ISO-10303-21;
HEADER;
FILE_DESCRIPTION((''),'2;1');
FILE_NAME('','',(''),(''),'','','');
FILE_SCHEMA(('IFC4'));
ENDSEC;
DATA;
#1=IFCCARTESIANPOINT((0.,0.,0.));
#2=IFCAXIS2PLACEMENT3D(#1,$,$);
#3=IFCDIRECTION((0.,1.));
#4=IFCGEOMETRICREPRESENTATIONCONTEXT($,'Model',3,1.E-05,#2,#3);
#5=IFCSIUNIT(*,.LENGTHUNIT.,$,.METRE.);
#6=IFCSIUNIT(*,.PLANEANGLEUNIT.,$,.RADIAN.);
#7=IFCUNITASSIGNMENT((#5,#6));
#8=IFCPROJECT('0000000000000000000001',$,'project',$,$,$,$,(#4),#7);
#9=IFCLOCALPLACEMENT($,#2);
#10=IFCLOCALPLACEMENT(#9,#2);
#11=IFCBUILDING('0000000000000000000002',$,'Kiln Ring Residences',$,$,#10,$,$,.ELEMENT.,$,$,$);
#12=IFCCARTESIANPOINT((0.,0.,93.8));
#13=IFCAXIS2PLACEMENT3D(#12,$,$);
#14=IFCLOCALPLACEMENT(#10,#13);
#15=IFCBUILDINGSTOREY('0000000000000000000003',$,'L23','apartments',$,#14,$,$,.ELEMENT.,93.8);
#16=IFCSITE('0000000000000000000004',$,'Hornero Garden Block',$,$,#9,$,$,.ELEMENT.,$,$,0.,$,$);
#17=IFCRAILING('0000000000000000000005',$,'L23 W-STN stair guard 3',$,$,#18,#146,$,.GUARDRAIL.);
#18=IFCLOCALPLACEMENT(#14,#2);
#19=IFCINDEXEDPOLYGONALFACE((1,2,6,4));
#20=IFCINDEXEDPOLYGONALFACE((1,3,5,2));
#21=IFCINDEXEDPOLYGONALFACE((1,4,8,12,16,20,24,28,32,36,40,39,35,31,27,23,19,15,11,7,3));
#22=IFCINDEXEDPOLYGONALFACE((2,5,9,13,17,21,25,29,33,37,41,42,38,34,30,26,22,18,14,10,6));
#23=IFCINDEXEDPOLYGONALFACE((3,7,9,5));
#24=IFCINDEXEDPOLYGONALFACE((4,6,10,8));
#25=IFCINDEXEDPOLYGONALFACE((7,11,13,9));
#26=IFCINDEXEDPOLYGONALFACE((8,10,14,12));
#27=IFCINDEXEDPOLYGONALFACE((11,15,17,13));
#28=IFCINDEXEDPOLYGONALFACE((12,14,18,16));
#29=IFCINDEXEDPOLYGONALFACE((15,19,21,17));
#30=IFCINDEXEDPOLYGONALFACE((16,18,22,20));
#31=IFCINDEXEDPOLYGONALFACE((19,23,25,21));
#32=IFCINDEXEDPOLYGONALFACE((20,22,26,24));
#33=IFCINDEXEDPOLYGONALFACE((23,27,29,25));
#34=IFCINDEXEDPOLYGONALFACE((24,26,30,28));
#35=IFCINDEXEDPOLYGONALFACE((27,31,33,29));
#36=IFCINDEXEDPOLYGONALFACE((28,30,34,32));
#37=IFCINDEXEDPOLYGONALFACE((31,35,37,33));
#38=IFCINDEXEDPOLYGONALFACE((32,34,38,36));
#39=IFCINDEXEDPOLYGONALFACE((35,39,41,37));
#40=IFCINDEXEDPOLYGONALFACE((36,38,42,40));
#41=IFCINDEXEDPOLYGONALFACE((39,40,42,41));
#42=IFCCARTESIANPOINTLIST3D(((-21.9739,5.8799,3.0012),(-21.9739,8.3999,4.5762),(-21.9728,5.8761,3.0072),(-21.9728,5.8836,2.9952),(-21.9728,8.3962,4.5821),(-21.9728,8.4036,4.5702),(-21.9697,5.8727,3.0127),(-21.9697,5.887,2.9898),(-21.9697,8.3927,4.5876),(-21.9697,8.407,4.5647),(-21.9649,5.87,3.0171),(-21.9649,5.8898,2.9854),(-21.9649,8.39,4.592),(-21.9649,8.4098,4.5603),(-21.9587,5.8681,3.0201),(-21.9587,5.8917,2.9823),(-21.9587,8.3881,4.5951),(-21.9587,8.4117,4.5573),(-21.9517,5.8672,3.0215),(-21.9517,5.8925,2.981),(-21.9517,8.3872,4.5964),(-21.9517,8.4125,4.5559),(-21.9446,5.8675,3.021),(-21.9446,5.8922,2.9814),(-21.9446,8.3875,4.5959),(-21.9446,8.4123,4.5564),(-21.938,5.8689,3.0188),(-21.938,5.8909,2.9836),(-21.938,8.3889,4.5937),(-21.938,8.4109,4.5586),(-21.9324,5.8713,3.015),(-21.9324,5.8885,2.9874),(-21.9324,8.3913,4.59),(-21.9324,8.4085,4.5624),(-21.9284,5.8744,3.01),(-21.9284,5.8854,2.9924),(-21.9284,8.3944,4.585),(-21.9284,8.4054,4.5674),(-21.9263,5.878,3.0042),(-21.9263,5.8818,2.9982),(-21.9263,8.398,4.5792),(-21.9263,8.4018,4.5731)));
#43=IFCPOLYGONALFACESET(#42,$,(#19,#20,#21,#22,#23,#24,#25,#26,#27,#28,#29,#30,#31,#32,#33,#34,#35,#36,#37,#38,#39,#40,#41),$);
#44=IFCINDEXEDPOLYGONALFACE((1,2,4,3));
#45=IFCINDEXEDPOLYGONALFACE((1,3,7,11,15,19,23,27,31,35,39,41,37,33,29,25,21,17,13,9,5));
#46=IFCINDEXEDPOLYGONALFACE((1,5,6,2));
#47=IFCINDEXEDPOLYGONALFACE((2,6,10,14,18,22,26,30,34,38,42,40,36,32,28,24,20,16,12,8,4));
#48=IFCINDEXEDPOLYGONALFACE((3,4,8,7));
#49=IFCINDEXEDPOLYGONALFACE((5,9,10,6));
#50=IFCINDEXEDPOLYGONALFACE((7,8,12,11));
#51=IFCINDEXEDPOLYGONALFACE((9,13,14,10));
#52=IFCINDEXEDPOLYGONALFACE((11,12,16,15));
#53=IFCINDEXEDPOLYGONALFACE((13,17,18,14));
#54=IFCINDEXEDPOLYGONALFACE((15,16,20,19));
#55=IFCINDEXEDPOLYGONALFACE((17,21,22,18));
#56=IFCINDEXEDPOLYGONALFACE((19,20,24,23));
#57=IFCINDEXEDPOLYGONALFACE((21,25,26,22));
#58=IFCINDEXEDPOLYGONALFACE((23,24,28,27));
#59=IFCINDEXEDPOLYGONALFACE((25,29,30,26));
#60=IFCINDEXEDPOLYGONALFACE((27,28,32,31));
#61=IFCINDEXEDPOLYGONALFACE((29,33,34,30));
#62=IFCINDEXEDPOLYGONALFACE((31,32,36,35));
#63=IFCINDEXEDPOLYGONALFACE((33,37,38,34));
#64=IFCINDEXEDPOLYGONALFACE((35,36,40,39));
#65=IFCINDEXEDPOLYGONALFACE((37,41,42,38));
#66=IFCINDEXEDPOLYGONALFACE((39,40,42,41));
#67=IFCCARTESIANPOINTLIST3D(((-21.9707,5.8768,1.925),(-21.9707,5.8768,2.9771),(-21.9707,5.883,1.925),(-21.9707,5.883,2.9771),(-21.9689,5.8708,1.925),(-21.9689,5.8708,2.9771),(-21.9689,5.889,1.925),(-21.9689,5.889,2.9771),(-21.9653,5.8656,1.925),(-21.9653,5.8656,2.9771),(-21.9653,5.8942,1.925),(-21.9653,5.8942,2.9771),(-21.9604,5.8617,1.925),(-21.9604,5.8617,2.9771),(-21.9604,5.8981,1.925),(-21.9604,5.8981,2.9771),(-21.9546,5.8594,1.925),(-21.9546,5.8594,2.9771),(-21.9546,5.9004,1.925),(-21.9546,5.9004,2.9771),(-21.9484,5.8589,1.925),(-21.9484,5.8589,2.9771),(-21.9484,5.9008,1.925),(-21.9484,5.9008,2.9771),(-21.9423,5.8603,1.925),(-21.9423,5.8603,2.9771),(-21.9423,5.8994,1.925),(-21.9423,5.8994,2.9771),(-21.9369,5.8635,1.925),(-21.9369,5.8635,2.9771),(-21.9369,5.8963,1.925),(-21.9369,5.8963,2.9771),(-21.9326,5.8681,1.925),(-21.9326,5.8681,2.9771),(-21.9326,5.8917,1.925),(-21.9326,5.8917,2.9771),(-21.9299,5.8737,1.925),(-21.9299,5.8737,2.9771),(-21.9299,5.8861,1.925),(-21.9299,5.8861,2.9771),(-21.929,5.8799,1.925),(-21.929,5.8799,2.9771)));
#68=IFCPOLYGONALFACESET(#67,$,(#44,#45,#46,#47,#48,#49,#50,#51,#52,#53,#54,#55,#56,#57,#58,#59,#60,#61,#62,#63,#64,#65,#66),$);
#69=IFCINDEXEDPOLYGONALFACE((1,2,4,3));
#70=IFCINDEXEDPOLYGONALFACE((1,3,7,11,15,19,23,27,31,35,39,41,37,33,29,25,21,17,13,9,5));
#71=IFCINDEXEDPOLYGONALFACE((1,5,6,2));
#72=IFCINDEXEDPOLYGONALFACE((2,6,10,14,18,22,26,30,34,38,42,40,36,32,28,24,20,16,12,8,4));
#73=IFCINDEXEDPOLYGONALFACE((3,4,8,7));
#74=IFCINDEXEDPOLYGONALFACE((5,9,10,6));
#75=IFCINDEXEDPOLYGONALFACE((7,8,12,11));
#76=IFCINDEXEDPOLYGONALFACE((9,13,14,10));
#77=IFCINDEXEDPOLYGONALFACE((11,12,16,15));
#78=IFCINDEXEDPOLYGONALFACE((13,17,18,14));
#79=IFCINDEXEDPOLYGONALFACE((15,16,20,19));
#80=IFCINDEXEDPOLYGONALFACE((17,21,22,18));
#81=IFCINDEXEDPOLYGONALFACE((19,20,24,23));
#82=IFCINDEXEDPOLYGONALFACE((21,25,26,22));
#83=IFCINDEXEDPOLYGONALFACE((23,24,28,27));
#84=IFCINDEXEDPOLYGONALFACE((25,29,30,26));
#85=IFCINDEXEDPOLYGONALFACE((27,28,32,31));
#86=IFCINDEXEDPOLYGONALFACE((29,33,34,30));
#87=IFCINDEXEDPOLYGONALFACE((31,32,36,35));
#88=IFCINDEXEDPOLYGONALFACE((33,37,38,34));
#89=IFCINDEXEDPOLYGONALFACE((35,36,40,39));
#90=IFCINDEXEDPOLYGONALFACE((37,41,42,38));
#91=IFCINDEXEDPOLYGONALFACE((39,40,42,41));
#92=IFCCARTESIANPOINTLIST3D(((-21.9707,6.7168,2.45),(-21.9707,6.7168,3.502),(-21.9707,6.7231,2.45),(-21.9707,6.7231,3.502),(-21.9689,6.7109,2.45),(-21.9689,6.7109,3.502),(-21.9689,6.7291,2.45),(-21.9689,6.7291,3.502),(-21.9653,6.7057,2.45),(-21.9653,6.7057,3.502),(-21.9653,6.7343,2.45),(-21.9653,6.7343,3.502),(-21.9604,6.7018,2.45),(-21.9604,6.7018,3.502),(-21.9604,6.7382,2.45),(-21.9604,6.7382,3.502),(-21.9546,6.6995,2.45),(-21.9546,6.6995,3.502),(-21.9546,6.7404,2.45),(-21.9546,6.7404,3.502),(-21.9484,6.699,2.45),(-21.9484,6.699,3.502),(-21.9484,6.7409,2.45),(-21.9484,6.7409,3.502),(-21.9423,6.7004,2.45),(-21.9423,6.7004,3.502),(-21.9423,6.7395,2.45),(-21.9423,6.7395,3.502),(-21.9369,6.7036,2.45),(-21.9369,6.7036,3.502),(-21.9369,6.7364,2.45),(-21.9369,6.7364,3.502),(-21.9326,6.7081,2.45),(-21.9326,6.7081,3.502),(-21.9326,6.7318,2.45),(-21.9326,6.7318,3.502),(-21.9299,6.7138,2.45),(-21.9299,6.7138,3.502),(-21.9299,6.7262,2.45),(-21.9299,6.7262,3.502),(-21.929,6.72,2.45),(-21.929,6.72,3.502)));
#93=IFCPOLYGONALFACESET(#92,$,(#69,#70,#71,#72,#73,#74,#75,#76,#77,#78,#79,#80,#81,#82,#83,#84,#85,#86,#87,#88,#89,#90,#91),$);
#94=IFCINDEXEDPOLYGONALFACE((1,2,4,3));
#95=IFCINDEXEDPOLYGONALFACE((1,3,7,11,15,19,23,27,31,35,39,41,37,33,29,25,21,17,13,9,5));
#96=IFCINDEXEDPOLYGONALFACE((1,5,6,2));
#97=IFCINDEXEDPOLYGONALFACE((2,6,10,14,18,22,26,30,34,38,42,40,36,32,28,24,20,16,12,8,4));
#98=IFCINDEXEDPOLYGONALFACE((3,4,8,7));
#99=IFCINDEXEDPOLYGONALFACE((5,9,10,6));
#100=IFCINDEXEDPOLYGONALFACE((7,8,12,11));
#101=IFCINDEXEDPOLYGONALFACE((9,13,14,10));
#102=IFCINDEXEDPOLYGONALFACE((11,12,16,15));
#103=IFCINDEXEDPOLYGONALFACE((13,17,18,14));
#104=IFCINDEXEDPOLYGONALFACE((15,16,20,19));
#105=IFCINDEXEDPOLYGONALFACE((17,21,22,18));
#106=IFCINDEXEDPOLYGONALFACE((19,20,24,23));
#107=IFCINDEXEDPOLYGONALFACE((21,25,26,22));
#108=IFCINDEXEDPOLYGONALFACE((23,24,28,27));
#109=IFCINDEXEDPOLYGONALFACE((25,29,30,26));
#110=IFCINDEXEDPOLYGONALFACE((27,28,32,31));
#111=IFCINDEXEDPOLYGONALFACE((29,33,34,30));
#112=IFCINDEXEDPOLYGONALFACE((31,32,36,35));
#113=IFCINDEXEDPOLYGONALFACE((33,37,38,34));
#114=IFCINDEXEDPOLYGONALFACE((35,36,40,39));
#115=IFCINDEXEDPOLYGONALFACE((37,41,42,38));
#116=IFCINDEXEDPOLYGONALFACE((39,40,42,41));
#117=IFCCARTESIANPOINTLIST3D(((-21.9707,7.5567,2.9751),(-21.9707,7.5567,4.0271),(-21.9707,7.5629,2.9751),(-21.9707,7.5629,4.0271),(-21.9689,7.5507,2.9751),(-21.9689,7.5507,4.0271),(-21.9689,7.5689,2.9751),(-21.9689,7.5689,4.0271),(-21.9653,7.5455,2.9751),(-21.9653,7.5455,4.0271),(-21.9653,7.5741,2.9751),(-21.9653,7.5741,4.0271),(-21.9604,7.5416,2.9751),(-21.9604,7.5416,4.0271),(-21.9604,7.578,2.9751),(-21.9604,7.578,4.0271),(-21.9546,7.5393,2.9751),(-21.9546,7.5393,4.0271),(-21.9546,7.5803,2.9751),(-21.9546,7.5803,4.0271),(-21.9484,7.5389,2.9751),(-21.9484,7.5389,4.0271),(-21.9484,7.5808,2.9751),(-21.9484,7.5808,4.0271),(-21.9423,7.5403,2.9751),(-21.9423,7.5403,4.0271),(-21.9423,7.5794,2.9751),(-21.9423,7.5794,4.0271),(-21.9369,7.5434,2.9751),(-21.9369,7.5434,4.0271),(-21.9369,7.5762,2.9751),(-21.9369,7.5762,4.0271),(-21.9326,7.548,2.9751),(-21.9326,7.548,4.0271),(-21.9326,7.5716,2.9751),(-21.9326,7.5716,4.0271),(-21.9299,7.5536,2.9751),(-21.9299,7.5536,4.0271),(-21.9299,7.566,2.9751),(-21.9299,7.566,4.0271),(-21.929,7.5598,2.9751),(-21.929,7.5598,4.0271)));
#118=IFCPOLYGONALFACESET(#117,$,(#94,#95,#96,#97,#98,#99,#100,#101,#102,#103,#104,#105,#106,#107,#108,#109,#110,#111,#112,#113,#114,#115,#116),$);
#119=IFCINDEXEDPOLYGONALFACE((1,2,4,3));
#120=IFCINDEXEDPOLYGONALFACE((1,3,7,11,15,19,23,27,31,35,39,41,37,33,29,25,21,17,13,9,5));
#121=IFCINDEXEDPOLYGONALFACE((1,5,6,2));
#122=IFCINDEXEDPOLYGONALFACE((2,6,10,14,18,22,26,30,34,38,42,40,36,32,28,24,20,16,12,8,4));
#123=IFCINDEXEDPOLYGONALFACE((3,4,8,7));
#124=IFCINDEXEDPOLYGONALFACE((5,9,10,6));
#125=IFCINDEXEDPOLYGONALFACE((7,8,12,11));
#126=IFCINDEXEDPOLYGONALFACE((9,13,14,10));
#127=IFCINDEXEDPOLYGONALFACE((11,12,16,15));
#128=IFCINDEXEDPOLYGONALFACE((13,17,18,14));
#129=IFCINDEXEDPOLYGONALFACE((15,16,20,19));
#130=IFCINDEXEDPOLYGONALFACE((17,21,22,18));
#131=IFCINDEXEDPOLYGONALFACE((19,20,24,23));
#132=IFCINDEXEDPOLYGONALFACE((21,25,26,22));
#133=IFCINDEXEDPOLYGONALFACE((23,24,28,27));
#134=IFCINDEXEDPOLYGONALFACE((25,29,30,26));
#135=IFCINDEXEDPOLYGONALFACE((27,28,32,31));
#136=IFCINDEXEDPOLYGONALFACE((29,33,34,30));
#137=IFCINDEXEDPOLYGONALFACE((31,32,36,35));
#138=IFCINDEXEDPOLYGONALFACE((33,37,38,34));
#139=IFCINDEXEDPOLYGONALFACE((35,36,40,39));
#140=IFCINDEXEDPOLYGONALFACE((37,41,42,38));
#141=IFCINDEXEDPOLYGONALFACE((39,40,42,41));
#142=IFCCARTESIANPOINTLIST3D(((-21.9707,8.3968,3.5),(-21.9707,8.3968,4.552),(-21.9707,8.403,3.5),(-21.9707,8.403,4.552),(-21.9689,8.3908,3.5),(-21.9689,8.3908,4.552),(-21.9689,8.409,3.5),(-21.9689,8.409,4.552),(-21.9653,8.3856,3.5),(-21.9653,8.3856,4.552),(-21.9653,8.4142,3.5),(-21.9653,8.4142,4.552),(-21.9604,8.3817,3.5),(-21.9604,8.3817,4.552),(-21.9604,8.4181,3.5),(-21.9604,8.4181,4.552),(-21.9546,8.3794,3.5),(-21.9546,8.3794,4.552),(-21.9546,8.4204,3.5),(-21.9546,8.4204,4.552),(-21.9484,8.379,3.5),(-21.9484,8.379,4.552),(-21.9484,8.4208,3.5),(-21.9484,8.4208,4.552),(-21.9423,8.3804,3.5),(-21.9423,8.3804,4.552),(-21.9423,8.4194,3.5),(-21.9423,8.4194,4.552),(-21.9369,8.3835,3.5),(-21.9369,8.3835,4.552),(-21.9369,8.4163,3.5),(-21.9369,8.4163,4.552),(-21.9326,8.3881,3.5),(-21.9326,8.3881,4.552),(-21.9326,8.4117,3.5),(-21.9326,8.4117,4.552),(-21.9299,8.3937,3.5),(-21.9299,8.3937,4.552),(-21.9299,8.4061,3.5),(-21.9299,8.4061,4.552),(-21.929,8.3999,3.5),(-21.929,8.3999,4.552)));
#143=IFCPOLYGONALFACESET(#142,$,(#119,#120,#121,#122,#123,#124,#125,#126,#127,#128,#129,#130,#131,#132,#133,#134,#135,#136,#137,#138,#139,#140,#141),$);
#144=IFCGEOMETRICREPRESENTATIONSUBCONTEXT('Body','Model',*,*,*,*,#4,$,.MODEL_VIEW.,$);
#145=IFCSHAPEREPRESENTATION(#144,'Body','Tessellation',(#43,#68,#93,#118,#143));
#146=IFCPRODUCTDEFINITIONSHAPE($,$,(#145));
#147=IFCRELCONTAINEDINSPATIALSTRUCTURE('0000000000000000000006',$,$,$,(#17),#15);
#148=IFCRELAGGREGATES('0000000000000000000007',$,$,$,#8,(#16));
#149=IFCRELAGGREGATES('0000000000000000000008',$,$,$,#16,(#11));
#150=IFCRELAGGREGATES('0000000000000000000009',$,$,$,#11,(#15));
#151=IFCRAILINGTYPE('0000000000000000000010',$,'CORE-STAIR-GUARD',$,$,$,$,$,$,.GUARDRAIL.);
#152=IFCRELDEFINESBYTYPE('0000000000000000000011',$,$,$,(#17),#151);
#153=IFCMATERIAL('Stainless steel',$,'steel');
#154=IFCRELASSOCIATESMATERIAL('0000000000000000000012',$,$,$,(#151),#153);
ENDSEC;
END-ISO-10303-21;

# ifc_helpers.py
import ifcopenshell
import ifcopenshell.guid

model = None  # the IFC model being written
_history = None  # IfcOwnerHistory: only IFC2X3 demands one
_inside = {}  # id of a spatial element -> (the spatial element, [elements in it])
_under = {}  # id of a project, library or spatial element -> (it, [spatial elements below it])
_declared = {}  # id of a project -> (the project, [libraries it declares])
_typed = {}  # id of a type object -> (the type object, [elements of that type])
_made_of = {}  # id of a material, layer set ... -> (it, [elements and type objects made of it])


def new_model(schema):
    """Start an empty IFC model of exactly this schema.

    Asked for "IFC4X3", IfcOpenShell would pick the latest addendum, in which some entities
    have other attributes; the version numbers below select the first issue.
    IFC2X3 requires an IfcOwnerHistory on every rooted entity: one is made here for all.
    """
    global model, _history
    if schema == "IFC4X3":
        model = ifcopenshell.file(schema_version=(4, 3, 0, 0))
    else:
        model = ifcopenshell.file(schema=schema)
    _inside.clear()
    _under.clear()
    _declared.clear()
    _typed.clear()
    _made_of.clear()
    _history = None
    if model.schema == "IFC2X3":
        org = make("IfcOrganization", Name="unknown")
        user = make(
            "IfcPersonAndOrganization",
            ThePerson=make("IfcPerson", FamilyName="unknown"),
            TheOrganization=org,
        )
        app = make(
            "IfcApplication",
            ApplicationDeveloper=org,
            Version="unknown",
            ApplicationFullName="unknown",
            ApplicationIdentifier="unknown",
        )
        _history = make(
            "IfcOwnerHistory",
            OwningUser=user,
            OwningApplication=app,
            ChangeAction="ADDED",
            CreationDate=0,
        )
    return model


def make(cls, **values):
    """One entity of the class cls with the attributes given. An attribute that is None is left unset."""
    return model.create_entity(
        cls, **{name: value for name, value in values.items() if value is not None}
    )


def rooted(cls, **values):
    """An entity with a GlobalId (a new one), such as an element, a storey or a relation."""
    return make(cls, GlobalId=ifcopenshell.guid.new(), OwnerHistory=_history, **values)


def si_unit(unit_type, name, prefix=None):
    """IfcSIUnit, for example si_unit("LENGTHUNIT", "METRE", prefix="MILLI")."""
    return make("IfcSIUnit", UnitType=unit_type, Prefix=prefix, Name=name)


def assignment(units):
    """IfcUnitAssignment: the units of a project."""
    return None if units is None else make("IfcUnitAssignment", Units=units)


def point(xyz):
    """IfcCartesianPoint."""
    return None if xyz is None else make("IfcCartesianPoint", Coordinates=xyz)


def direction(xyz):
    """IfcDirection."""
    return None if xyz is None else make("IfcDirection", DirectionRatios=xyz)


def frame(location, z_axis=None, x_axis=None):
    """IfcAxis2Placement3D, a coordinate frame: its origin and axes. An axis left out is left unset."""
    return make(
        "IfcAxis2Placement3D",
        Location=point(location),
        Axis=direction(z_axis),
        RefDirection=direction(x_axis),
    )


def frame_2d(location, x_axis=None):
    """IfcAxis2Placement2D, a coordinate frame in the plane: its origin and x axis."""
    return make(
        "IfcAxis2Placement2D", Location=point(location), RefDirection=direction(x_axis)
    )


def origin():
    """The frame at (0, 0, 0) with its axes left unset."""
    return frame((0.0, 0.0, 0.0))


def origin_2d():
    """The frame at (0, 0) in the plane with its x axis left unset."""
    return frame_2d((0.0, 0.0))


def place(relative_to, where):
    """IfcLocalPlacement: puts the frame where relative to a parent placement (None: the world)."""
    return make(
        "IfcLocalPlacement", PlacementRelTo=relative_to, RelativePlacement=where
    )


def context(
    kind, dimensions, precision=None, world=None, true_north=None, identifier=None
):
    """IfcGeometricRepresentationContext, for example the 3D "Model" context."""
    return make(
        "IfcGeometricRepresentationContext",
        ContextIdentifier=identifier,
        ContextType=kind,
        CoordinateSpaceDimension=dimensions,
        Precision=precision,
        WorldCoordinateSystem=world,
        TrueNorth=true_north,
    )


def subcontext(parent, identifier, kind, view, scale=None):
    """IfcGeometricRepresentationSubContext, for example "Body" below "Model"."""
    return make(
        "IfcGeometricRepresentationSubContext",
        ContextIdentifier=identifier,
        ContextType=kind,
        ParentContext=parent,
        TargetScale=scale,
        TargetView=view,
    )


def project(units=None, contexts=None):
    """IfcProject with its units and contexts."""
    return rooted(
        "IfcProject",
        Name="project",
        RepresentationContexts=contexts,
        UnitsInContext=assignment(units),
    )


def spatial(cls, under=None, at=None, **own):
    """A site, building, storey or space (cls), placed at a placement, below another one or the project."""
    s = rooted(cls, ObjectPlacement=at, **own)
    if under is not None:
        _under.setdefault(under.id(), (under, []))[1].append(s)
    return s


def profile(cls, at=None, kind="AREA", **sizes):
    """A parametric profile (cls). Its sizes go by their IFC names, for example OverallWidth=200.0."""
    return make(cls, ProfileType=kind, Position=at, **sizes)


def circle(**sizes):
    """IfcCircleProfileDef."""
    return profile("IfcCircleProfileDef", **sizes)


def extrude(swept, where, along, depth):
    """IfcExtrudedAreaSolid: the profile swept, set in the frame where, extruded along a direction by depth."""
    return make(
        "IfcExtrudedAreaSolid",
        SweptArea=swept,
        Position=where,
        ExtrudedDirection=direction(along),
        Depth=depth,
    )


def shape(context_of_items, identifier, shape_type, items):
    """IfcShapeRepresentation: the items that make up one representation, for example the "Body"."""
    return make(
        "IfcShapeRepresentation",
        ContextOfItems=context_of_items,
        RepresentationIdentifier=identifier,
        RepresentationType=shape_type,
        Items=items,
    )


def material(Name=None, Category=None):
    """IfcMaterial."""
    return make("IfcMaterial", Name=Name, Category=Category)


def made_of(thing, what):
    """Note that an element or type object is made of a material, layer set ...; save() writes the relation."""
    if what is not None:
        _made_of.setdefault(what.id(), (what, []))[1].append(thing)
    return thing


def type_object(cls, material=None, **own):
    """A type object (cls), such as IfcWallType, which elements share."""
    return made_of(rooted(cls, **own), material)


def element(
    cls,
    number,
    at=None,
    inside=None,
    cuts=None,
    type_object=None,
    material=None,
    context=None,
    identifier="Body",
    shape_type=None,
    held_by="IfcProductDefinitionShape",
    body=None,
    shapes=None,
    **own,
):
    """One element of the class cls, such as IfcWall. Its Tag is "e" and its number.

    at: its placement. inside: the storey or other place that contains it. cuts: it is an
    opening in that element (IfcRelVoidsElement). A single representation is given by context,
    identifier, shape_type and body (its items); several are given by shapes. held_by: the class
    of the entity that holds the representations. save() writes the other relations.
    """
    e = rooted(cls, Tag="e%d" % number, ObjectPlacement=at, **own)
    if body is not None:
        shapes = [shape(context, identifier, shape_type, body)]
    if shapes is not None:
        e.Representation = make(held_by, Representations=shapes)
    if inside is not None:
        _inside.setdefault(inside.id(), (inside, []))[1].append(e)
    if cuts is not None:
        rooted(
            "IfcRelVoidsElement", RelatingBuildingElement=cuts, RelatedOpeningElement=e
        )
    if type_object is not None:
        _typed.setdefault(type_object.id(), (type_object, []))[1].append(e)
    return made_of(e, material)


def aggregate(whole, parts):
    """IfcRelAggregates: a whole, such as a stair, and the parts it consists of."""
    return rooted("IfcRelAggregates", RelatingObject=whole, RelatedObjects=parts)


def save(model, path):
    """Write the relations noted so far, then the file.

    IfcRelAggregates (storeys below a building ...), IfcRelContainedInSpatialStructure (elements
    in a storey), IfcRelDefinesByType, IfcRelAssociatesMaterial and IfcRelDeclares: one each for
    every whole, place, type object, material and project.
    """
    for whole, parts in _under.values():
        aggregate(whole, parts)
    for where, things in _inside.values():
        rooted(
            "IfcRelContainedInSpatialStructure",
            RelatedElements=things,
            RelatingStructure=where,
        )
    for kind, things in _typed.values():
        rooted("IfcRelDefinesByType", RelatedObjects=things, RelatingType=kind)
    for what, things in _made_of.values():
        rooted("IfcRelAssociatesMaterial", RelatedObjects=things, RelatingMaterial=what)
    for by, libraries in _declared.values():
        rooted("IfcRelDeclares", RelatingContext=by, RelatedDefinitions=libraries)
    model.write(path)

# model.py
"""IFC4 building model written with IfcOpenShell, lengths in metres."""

from ifc_helpers import new_model, si_unit, direction, frame, origin, origin_2d, place, context, subcontext, project, spatial, circle, extrude, material, type_object, element, save


model = new_model("IFC4")

# Units and contexts
model_context = context("Model", 3, precision=1e-05, world=origin(), true_north=direction((0.0, 1.0)))
body_context = subcontext(model_context, "Body", "Model", "MODEL_VIEW")
ifc_project = project(units=[si_unit("LENGTHUNIT", "METRE"), si_unit("PLANEANGLEUNIT", "RADIAN")], contexts=[model_context])

# Site, building, storey
site_placement = place(None, origin())
site = spatial("IfcSite", under=ifc_project, at=site_placement, Name="Hornero Garden Block", CompositionType="ELEMENT", RefElevation=0.0)
building_placement = place(site_placement, origin())
building = spatial("IfcBuilding", under=site, at=building_placement, Name="Kiln Ring Residences", CompositionType="ELEMENT")
storey_placement = place(building_placement, frame((0.0, 0.0, 93.8)))
storey = spatial("IfcBuildingStorey", under=building, at=storey_placement, Name="L23", Description="apartments", CompositionType="ELEMENT", Elevation=93.8)

# Railing
ifc_material_1 = material(Name="Stainless steel", Category="steel")
railing_type_1 = type_object("IfcRailingType", Name="CORE-STAIR-GUARD", PredefinedType="GUARDRAIL", material=ifc_material_1)
railing_1_placement = place(storey_placement, frame((-21.95, 5.8799, 1.925)))
element("IfcRailing", 1, at=railing_1_placement, inside=storey, type_object=railing_type_1, Name="L23 W-STN stair guard 3", PredefinedType="GUARDRAIL", context=body_context, shape_type="SweptSolid", body=[
    extrude(circle(Radius=0.0239, at=origin_2d()), frame((0.0, 0.0, 1.0762), z_axis=(0.0, 0.848008, 0.529984), x_axis=(-1.0, 0.0, 0.0)), (0.0, 0.0, 1.0), 2.9717),
    extrude(circle(Radius=0.021, at=origin_2d()), origin(), (0.0, 0.0, 1.0), 1.052),
    extrude(circle(Radius=0.021, at=origin_2d()), frame((0.0, 0.8401, 0.5249)), (0.0, 0.0, 1.0), 1.052),
    extrude(circle(Radius=0.021, at=origin_2d()), frame((0.0, 1.6799, 1.05)), (0.0, 0.0, 1.0), 1.052),
    extrude(circle(Radius=0.021, at=origin_2d()), frame((0.0, 2.52, 1.575)), (0.0, 0.0, 1.0), 1.052),
])

save(model, "model.ifc")
